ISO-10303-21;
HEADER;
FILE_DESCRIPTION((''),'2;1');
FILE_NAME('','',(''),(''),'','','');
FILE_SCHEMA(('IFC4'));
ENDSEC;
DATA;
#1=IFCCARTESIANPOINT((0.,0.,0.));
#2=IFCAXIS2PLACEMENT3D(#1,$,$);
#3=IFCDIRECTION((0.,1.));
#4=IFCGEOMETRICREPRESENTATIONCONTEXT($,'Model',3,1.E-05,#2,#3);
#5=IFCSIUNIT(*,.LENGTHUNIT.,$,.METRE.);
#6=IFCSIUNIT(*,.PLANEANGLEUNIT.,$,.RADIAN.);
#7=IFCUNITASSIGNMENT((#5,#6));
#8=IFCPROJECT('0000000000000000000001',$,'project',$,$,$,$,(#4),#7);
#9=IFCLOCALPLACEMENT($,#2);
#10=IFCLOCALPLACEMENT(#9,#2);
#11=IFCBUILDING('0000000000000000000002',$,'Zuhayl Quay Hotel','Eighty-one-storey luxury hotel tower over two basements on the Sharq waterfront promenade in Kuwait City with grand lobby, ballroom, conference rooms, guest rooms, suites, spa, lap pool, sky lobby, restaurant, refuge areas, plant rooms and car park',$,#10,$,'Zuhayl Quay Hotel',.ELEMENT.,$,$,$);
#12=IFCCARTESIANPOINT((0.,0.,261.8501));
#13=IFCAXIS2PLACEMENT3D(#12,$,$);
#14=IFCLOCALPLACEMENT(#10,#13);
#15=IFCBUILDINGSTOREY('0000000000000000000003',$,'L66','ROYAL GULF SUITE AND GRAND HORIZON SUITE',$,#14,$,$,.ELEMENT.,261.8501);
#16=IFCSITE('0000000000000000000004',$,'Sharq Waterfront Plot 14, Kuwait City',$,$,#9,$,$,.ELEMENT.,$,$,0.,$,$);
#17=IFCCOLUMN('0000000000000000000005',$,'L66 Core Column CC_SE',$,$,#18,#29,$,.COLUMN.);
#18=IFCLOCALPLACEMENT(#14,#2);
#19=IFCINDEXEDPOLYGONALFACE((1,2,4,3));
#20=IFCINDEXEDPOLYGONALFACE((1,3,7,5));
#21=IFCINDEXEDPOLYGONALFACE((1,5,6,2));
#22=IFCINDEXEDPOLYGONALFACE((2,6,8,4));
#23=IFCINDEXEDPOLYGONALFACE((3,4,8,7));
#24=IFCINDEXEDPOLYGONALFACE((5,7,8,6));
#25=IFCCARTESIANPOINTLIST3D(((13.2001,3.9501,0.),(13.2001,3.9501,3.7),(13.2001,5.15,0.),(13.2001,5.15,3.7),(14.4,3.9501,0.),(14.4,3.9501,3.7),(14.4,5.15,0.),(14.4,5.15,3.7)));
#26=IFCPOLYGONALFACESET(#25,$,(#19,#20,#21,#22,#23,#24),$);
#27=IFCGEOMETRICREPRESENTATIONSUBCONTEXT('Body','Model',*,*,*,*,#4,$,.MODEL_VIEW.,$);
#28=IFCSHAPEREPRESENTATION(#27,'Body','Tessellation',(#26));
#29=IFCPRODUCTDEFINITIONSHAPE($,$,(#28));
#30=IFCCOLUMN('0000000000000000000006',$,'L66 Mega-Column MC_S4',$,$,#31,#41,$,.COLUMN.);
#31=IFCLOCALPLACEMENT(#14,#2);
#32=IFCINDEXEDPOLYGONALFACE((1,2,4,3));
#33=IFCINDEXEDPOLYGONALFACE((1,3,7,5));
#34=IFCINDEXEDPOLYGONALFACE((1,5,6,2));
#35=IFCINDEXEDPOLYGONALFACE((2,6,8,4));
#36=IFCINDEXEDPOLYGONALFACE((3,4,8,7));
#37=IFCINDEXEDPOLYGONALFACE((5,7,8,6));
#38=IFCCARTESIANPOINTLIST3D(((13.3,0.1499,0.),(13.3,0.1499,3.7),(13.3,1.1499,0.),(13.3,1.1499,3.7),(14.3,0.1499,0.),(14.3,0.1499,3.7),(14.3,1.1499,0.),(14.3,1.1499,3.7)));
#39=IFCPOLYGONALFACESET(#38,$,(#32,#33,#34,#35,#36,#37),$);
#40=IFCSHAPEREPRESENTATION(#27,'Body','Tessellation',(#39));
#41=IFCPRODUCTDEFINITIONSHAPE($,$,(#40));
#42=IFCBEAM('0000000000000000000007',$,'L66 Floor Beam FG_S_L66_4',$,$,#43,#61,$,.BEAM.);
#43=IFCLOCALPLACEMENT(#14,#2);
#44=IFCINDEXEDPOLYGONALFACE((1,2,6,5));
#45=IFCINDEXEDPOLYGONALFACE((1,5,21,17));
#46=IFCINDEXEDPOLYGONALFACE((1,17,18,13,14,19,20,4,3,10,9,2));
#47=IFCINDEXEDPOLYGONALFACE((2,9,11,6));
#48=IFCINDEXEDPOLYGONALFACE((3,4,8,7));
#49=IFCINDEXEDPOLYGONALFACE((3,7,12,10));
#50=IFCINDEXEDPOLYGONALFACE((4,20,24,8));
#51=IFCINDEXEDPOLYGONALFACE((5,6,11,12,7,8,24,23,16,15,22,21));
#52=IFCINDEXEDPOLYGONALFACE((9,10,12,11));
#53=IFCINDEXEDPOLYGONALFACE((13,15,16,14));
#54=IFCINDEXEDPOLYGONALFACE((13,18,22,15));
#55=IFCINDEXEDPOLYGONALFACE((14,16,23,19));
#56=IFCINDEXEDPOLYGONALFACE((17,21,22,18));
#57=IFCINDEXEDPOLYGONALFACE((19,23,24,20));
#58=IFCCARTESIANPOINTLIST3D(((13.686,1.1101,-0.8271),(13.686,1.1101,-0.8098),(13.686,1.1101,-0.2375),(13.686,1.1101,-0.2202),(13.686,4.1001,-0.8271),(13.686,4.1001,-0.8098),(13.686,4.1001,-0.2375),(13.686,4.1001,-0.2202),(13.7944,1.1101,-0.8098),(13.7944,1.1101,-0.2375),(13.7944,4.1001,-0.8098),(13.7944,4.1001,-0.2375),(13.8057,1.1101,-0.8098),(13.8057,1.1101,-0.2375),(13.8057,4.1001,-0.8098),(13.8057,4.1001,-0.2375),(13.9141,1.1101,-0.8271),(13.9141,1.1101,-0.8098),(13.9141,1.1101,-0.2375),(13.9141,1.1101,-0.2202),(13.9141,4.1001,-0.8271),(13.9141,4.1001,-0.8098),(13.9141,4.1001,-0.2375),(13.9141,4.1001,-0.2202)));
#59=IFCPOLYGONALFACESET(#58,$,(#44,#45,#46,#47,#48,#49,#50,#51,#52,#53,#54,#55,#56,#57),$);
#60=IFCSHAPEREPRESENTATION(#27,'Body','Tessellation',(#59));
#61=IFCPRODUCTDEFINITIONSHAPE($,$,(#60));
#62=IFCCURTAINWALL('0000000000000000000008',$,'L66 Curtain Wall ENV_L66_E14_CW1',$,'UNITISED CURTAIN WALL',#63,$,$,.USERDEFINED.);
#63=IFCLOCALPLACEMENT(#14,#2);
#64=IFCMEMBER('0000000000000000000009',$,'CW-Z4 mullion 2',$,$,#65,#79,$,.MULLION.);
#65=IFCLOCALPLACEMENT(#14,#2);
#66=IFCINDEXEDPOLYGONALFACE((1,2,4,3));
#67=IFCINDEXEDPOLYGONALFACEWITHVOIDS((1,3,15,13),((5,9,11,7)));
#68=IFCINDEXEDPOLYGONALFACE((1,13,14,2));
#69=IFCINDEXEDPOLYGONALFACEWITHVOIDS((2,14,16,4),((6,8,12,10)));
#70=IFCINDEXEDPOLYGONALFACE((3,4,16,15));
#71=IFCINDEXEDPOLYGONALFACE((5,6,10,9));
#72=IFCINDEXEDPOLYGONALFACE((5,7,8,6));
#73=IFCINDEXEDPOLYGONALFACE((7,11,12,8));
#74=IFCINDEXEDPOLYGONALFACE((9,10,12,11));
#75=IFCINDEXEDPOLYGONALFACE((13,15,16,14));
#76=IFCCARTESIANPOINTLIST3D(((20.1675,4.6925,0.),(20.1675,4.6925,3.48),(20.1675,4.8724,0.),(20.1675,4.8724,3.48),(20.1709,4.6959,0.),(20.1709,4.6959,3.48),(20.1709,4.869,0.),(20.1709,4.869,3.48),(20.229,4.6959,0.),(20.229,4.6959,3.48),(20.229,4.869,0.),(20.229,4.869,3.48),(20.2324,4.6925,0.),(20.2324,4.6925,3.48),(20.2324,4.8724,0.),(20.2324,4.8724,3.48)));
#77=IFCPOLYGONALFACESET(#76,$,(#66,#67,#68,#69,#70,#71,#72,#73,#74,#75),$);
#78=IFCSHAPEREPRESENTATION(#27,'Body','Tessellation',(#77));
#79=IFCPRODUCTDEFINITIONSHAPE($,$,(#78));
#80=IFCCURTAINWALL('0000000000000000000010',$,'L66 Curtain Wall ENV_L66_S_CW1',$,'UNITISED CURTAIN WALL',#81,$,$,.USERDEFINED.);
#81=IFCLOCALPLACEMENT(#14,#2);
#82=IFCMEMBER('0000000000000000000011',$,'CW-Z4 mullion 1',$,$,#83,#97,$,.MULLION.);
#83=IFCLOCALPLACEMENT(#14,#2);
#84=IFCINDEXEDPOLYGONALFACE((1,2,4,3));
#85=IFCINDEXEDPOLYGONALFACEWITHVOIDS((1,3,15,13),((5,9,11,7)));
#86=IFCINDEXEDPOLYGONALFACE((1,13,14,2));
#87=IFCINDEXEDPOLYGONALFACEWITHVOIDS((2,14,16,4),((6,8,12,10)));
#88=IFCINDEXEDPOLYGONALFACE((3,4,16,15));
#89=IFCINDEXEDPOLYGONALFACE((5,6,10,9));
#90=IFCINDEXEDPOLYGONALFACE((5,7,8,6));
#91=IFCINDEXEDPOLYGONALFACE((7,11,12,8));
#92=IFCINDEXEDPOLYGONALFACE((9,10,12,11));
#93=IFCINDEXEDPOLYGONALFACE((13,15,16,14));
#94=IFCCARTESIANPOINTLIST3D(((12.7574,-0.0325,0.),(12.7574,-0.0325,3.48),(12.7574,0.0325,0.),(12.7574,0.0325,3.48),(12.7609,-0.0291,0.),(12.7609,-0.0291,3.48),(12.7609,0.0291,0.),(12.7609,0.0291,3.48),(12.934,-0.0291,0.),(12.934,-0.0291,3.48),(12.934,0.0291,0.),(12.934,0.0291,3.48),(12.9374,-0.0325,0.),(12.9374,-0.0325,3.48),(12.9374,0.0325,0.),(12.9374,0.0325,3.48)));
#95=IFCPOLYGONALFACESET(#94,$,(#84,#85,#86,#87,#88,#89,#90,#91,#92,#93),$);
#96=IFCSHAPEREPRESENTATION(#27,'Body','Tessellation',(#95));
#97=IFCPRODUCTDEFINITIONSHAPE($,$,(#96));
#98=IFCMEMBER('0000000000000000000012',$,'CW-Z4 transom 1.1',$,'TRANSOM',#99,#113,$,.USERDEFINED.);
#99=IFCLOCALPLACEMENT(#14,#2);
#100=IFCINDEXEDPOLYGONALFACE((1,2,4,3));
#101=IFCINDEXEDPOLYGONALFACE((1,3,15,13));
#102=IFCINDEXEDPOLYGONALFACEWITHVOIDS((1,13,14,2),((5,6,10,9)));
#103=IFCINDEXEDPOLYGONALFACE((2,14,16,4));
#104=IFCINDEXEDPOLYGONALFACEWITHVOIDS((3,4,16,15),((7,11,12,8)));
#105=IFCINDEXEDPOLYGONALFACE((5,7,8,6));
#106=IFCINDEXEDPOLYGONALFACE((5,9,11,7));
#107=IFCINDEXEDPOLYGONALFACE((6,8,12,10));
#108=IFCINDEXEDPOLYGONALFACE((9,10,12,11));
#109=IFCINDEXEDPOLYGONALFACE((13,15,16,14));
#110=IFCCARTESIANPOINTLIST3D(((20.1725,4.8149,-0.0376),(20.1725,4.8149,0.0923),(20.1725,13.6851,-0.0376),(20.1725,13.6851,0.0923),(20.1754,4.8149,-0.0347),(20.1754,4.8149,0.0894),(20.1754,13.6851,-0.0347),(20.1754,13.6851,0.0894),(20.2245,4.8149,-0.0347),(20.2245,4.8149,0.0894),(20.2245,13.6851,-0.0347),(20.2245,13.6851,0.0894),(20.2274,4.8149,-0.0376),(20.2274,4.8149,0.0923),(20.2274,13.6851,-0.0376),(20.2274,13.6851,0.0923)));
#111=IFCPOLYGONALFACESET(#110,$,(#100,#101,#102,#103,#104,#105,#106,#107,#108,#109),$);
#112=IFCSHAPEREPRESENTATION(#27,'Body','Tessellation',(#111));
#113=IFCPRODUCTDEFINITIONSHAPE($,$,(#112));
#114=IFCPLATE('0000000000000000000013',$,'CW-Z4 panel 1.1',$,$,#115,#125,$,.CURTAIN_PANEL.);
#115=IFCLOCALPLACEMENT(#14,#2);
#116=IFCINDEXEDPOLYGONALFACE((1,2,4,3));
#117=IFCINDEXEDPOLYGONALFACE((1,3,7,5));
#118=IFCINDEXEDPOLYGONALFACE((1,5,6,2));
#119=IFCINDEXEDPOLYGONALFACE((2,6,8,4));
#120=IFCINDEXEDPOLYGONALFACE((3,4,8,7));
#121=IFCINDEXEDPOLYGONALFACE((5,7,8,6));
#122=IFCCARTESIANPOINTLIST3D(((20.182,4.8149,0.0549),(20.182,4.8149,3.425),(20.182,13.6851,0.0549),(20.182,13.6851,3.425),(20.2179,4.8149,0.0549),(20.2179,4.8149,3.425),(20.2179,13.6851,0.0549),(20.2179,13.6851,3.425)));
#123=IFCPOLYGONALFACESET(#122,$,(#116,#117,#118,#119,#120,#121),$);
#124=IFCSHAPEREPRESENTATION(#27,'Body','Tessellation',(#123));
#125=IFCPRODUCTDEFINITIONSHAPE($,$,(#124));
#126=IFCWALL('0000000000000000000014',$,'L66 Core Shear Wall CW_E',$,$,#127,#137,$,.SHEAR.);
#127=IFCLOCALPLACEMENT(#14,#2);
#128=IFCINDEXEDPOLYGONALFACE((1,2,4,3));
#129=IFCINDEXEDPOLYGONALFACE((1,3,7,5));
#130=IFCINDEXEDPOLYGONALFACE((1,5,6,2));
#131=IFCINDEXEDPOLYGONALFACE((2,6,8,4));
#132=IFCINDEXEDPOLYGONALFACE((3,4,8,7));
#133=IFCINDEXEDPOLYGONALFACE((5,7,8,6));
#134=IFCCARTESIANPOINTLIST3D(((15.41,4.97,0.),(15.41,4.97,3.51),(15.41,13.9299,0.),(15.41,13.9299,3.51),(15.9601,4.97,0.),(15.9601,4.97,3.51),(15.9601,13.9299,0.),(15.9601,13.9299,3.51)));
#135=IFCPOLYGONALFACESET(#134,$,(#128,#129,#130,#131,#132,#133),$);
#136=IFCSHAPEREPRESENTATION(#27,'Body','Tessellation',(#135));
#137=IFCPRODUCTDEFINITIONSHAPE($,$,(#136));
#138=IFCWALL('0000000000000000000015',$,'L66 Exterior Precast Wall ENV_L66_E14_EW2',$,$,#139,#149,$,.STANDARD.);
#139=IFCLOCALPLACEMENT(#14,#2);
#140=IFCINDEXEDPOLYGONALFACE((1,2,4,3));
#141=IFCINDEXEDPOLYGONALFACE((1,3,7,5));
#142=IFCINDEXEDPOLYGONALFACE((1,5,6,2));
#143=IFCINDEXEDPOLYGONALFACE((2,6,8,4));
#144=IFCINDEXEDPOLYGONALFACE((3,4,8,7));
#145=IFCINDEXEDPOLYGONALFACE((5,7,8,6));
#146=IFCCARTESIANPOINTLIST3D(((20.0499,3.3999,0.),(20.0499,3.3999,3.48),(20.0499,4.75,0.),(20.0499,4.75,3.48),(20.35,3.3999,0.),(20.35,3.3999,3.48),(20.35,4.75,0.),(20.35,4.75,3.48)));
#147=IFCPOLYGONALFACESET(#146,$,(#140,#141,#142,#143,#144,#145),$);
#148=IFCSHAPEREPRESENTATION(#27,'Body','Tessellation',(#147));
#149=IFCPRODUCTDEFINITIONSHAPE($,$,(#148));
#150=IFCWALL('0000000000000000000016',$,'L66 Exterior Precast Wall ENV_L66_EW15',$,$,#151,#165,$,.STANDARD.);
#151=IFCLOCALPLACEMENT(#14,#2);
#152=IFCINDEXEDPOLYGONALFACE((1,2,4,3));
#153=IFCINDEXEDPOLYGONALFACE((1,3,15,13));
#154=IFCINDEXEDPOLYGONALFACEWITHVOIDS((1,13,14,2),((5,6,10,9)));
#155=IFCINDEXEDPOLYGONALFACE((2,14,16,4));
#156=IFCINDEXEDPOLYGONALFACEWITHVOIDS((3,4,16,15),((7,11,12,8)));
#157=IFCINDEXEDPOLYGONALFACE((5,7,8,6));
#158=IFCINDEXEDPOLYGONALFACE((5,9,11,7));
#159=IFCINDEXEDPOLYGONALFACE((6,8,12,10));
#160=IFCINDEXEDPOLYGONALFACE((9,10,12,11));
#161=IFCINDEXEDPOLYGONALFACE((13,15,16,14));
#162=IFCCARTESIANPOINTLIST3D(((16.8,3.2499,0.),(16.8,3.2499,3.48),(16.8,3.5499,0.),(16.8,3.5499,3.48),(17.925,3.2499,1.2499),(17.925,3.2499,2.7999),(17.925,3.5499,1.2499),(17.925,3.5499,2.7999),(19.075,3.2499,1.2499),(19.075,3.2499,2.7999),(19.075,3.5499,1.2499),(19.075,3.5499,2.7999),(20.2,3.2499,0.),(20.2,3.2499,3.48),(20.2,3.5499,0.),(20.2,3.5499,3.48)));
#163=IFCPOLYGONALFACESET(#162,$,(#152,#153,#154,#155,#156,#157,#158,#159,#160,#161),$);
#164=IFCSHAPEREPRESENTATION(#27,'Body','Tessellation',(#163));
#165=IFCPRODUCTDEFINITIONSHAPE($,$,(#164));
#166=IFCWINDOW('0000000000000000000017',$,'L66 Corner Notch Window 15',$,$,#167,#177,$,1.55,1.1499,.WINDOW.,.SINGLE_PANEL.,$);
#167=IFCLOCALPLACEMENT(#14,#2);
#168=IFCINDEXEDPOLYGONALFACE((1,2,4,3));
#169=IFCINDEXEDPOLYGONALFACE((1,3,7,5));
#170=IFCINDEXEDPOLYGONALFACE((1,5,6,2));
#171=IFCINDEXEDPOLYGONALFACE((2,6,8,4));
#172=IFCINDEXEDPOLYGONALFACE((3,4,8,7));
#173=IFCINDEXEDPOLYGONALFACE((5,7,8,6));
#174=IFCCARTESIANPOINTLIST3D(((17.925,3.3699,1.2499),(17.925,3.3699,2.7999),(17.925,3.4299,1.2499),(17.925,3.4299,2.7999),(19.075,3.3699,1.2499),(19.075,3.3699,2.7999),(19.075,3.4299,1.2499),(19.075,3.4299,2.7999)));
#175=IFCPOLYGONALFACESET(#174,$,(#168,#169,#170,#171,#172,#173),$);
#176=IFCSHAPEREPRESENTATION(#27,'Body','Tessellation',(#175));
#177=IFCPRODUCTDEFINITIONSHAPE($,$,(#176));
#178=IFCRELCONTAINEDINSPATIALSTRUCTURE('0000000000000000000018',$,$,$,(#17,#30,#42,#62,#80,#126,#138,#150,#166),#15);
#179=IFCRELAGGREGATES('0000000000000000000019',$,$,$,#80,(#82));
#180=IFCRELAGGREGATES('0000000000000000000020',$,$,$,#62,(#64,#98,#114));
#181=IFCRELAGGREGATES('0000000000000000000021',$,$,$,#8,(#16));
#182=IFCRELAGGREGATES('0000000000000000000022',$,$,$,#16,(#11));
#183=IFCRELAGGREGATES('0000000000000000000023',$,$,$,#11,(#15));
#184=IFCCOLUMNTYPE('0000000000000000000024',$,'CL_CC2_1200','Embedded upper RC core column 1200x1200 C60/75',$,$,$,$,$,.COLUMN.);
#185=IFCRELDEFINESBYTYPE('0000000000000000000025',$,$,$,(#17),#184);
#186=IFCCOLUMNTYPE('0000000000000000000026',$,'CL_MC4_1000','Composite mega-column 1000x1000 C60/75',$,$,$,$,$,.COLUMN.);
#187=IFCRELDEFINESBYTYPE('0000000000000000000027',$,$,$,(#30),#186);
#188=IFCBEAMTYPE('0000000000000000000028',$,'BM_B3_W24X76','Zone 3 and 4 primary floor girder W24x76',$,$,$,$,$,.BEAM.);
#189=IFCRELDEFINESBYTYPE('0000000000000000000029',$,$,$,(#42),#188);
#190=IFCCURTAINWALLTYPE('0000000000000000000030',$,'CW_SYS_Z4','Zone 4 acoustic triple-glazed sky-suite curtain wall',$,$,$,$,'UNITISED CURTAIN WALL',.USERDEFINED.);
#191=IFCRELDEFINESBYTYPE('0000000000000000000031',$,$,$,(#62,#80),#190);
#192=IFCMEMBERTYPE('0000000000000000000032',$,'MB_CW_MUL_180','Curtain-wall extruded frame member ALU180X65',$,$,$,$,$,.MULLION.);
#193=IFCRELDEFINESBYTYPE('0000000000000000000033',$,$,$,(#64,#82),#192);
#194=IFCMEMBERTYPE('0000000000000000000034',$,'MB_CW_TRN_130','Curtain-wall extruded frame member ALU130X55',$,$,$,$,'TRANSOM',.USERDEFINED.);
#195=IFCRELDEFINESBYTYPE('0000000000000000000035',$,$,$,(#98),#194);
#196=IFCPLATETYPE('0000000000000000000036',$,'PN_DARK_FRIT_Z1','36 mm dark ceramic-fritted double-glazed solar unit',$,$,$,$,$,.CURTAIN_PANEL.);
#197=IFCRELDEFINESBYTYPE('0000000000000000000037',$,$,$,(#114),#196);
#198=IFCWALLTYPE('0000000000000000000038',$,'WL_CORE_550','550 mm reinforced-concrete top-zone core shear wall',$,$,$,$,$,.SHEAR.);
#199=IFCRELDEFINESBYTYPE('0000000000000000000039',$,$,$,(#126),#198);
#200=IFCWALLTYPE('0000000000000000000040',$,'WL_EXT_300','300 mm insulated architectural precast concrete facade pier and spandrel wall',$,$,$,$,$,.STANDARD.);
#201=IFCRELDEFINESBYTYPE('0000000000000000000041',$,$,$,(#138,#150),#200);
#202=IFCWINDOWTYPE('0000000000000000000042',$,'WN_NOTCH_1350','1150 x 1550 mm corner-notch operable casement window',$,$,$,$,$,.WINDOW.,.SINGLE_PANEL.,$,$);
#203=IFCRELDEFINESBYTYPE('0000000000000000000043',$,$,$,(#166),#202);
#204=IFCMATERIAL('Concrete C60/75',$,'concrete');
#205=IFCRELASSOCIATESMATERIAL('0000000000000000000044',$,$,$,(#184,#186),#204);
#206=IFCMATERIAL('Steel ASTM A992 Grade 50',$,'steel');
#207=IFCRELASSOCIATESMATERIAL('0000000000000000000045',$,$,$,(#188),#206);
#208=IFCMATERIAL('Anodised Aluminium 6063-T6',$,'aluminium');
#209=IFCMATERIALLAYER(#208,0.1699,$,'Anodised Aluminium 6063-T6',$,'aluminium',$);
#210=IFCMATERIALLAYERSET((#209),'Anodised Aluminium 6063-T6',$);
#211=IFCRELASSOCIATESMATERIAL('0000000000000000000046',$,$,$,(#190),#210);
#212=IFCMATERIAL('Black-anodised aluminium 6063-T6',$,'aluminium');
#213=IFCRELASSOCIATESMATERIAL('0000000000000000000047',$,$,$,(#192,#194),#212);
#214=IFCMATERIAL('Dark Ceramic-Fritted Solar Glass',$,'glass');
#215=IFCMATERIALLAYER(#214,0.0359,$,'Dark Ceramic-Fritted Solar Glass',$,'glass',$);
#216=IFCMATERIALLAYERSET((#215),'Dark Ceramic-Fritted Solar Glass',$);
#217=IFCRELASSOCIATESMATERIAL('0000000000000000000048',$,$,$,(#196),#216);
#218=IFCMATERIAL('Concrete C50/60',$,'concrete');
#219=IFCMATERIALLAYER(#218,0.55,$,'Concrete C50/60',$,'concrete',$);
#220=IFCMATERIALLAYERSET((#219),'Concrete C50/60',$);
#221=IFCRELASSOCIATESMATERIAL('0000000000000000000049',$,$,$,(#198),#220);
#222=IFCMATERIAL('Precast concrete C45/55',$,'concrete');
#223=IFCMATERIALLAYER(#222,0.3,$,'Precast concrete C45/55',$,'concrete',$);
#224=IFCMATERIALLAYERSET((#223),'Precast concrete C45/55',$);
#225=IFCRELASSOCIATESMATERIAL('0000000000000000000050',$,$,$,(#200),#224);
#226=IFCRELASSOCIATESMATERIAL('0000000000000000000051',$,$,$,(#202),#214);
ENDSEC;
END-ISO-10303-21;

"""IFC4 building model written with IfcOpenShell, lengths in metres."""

from ifc_helpers import new_model, si_unit, direction, frame, frame_2d, origin, origin_2d, place, context, subcontext, project, spatial, rectangle, hollow_rectangle, i_section, extrude, material, layer, layer_set, material_profile, profile_set, type_object, element, fill, aggregate, save


model = new_model("IFC4")

# Units and contexts
model_context = context("Model", 3, precision=1e-05, world=origin(), true_north=direction((0.0, 1.0)))
body_context = subcontext(model_context, "Body", "Model", "MODEL_VIEW")
ifc_project = project(units=[si_unit("LENGTHUNIT", "METRE"), si_unit("PLANEANGLEUNIT", "RADIAN")], contexts=[model_context])

# Site, building, storey
site_placement = place(None, origin())
site = spatial("IfcSite", under=ifc_project, at=site_placement, Name="Sharq Waterfront Plot 14, Kuwait City", CompositionType="ELEMENT", RefElevation=0.0)
building_placement = place(site_placement, origin())
building = spatial("IfcBuilding", under=site, at=building_placement, Name="Zuhayl Quay Hotel", Description="Eighty-one-storey luxury hotel tower over two basements on the Sharq waterfront promenade in Kuwait City with grand lobby, ballroom, conference rooms, guest rooms, suites, spa, lap pool, sky lobby, restaurant, refuge areas, plant rooms and car park", LongName="Zuhayl Quay Hotel", CompositionType="ELEMENT")
storey_placement = place(building_placement, frame((0.0, 0.0, 261.8501)))
storey = spatial("IfcBuildingStorey", under=building, at=storey_placement, Name="L66", Description="ROYAL GULF SUITE AND GRAND HORIZON SUITE", CompositionType="ELEMENT", Elevation=261.8501)

# Columns
ifc_material_1 = material(Name="Concrete C60/75", Category="concrete")
ifc_material_profile_1 = material_profile(ifc_material_1, rectangle(XDim=1.2, YDim=1.2, at=origin_2d()), Name="RC1200X1200")
ifc_profile_set_1 = profile_set([ifc_material_profile_1], Name="Concrete C60/75")
column_type_1 = type_object("IfcColumnType", Name="CL_CC2_1200", Description="Embedded upper RC core column 1200x1200 C60/75", PredefinedType="COLUMN", material=ifc_profile_set_1)
column_1_placement = place(storey_placement, frame((13.8, 4.55, 0.0), z_axis=(0.0, 0.0, 1.0), x_axis=(1.0, 0.0, 0.0)))
element("IfcColumn", 1, at=column_1_placement, inside=storey, type_object=column_type_1, Name="L66 Core Column CC_SE", PredefinedType="COLUMN", context=body_context, shape_type="SweptSolid", body=[
    extrude(rectangle(XDim=1.2, YDim=1.2, at=origin_2d()), origin(), (0.0, 0.0, 1.0), 3.7),
])
ifc_material_profile_2 = material_profile(ifc_material_1, rectangle(XDim=1.0, YDim=1.0, at=origin_2d()), Name="RC1000X1000")
ifc_profile_set_2 = profile_set([ifc_material_profile_2], Name="Concrete C60/75")
column_type_2 = type_object("IfcColumnType", Name="CL_MC4_1000", Description="Composite mega-column 1000x1000 C60/75", PredefinedType="COLUMN", material=ifc_profile_set_2)
column_2_placement = place(storey_placement, frame((13.8, 0.6499, 0.0), z_axis=(0.0, 0.0, 1.0), x_axis=(1.0, 0.0, 0.0)))
element("IfcColumn", 2, at=column_2_placement, inside=storey, type_object=column_type_2, Name="L66 Mega-Column MC_S4", PredefinedType="COLUMN", context=body_context, shape_type="SweptSolid", body=[
    extrude(rectangle(XDim=1.0, YDim=1.0, at=origin_2d()), origin(), (0.0, 0.0, 1.0), 3.7),
])

# Beam
ifc_material_2 = material(Name="Steel ASTM A992 Grade 50", Category="steel")
ifc_material_profile_3 = material_profile(ifc_material_2, i_section(OverallWidth=0.228, OverallDepth=0.6069, WebThickness=0.0112, FlangeThickness=0.0173, at=origin_2d()), Name="W24X76")
ifc_profile_set_3 = profile_set([ifc_material_profile_3], Name="Steel ASTM A992 Grade 50")
beam_type = type_object("IfcBeamType", Name="BM_B3_W24X76", Description="Zone 3 and 4 primary floor girder W24x76", PredefinedType="BEAM", material=ifc_profile_set_3)
beam_placement = place(storey_placement, frame((13.8, 1.1101, -0.5237), z_axis=(0.0, 1.0, 0.0), x_axis=(-1.0, 0.0, 0.0)))
element("IfcBeam", 3, at=beam_placement, inside=storey, type_object=beam_type, Name="L66 Floor Beam FG_S_L66_4", PredefinedType="BEAM", context=body_context, shape_type="SweptSolid", body=[
    extrude(i_section(OverallWidth=0.228, OverallDepth=0.6069, WebThickness=0.0112, FlangeThickness=0.0173, at=origin_2d()), origin(), (0.0, 0.0, 1.0), 2.99),
])

# Curtain walls, members
ifc_material_3 = material(Name="Anodised Aluminium 6063-T6", Category="aluminium")
ifc_layer_1 = layer(ifc_material_3, 0.1699, Name="Anodised Aluminium 6063-T6", Category="aluminium")
ifc_layer_set_1 = layer_set([ifc_layer_1], Name="Anodised Aluminium 6063-T6")
curtain_wall_type = type_object("IfcCurtainWallType", Name="CW_SYS_Z4", Description="Zone 4 acoustic triple-glazed sky-suite curtain wall", ElementType="UNITISED CURTAIN WALL", PredefinedType="USERDEFINED", material=ifc_layer_set_1)
curtain_wall_1_placement = place(storey_placement, origin())
curtain_wall_1 = element("IfcCurtainWall", 4, at=curtain_wall_1_placement, inside=storey, type_object=curtain_wall_type, Name="L66 Curtain Wall ENV_L66_E14_CW1", ObjectType="UNITISED CURTAIN WALL", PredefinedType="USERDEFINED")
ifc_material_4 = material(Name="Black-anodised aluminium 6063-T6", Category="aluminium")
ifc_material_profile_4 = material_profile(ifc_material_4, hollow_rectangle(XDim=0.0649, YDim=0.1799, WallThickness=0.0034, at=origin_2d()), Name="ALU180X65")
ifc_profile_set_4 = profile_set([ifc_material_profile_4], Name="Black-anodised aluminium 6063-T6")
member_type_1 = type_object("IfcMemberType", Name="MB_CW_MUL_180", Description="Curtain-wall extruded frame member ALU180X65", PredefinedType="MULLION", material=ifc_profile_set_4)
member_1_placement = place(storey_placement, frame((20.2, 4.7825, 0.0), z_axis=(0.0, 0.0, 1.0), x_axis=(1.0, 0.0, 0.0)))
member_1 = element("IfcMember", 5, at=member_1_placement, type_object=member_type_1, Name="CW-Z4 mullion 2", PredefinedType="MULLION", context=body_context, shape_type="SweptSolid", body=[
    extrude(hollow_rectangle(XDim=0.0649, YDim=0.1799, WallThickness=0.0034, at=origin_2d()), origin(), (0.0, 0.0, 1.0), 3.48),
])
curtain_wall_2_placement = place(storey_placement, origin())
curtain_wall_2 = element("IfcCurtainWall", 6, at=curtain_wall_2_placement, inside=storey, type_object=curtain_wall_type, Name="L66 Curtain Wall ENV_L66_S_CW1", ObjectType="UNITISED CURTAIN WALL", PredefinedType="USERDEFINED")
member_2_placement = place(storey_placement, frame((12.8474, 0.0, 0.0), z_axis=(0.0, 0.0, 1.0), x_axis=(0.0, -1.0, 0.0)))
member_2 = element("IfcMember", 7, at=member_2_placement, type_object=member_type_1, Name="CW-Z4 mullion 1", PredefinedType="MULLION", context=body_context, shape_type="SweptSolid", body=[
    extrude(hollow_rectangle(XDim=0.0649, YDim=0.1799, WallThickness=0.0034, at=origin_2d()), origin(), (0.0, 0.0, 1.0), 3.48),
])
aggregate(curtain_wall_2, [member_2])

# Member
ifc_material_profile_5 = material_profile(ifc_material_4, hollow_rectangle(XDim=0.0549, YDim=0.1299, WallThickness=0.0029, at=origin_2d()), Name="ALU130X55")
ifc_profile_set_5 = profile_set([ifc_material_profile_5], Name="Black-anodised aluminium 6063-T6")
member_type_2 = type_object("IfcMemberType", Name="MB_CW_TRN_130", Description="Curtain-wall extruded frame member ALU130X55", ElementType="TRANSOM", PredefinedType="USERDEFINED", material=ifc_profile_set_5)
member_3_placement = place(storey_placement, frame((20.2, 13.6851, 0.0273), z_axis=(0.0, -1.0, 0.0), x_axis=(1.0, 0.0, 0.0)))
member_3 = element("IfcMember", 8, at=member_3_placement, type_object=member_type_2, Name="CW-Z4 transom 1.1", ObjectType="TRANSOM", PredefinedType="USERDEFINED", context=body_context, shape_type="SweptSolid", body=[
    extrude(hollow_rectangle(XDim=0.0549, YDim=0.1299, WallThickness=0.0029, at=origin_2d()), origin(), (0.0, 0.0, 1.0), 8.8701),
])

# Plate
ifc_material_5 = material(Name="Dark Ceramic-Fritted Solar Glass", Category="glass")
ifc_layer_2 = layer(ifc_material_5, 0.0359, Name="Dark Ceramic-Fritted Solar Glass", Category="glass")
ifc_layer_set_2 = layer_set([ifc_layer_2], Name="Dark Ceramic-Fritted Solar Glass")
plate_type = type_object("IfcPlateType", Name="PN_DARK_FRIT_Z1", Description="36 mm dark ceramic-fritted double-glazed solar unit", PredefinedType="CURTAIN_PANEL", material=ifc_layer_set_2)
plate_placement = place(storey_placement, frame((20.2, 9.25, 0.0549), z_axis=(0.0, 0.0, 1.0), x_axis=(0.0, -1.0, 0.0)))
plate = element("IfcPlate", 9, at=plate_placement, type_object=plate_type, Name="CW-Z4 panel 1.1", PredefinedType="CURTAIN_PANEL", context=body_context, shape_type="SweptSolid", body=[
    extrude(rectangle(XDim=8.8701, YDim=0.0359, at=origin_2d()), origin(), (0.0, 0.0, 1.0), 3.3701),
])
aggregate(curtain_wall_1, [member_1, member_3, plate])

# Walls
ifc_material_6 = material(Name="Concrete C50/60", Category="concrete")
ifc_layer_3 = layer(ifc_material_6, 0.55, Name="Concrete C50/60", Category="concrete")
ifc_layer_set_3 = layer_set([ifc_layer_3], Name="Concrete C50/60")
wall_type_1 = type_object("IfcWallType", Name="WL_CORE_550", Description="550 mm reinforced-concrete top-zone core shear wall", PredefinedType="SHEAR", material=ifc_layer_set_3)
wall_1_placement = place(storey_placement, frame((15.6851, 4.97, 0.0), z_axis=(0.0, 0.0, 1.0), x_axis=(0.0, 1.0, 0.0)))
element("IfcWall", 10, at=wall_1_placement, inside=storey, type_object=wall_type_1, Name="L66 Core Shear Wall CW_E", PredefinedType="SHEAR", context=body_context, shape_type="SweptSolid", body=[
    extrude(rectangle(XDim=8.96, YDim=0.55, at=frame_2d((4.48, 0.0))), origin(), (0.0, 0.0, 1.0), 3.51),
])
ifc_material_7 = material(Name="Precast concrete C45/55", Category="concrete")
ifc_layer_4 = layer(ifc_material_7, 0.3, Name="Precast concrete C45/55", Category="concrete")
ifc_layer_set_4 = layer_set([ifc_layer_4], Name="Precast concrete C45/55")
wall_type_2 = type_object("IfcWallType", Name="WL_EXT_300", Description="300 mm insulated architectural precast concrete facade pier and spandrel wall", PredefinedType="STANDARD", material=ifc_layer_set_4)
wall_2_placement = place(storey_placement, frame((20.2, 4.75, 0.0), z_axis=(0.0, 0.0, 1.0), x_axis=(0.0, -1.0, 0.0)))
element("IfcWall", 11, at=wall_2_placement, inside=storey, type_object=wall_type_2, Name="L66 Exterior Precast Wall ENV_L66_E14_EW2", PredefinedType="STANDARD", context=body_context, shape_type="SweptSolid", body=[
    extrude(rectangle(XDim=1.3501, YDim=0.3, at=frame_2d((0.675, 0.0))), origin(), (0.0, 0.0, 1.0), 3.48),
])

# Wall, opening, window
wall_3_placement = place(storey_placement, frame((20.2, 3.3999, 0.0), z_axis=(0.0, 0.0, 1.0), x_axis=(-1.0, 0.0, 0.0)))
wall_3 = element("IfcWall", 12, at=wall_3_placement, inside=storey, type_object=wall_type_2, Name="L66 Exterior Precast Wall ENV_L66_EW15", PredefinedType="STANDARD", context=body_context, shape_type="SweptSolid", body=[
    extrude(rectangle(XDim=3.3999, YDim=0.3, at=frame_2d((1.7, 0.0))), origin(), (0.0, 0.0, 1.0), 3.48),
])
opening_1_placement = place(wall_3_placement, frame((1.125, 0.0, 1.25)))
opening_1 = element("IfcOpeningElement", 13, at=opening_1_placement, cuts=wall_3, PredefinedType="OPENING", context=body_context, shape_type="SweptSolid", body=[
    extrude(rectangle(XDim=1.1499, YDim=1.55, at=frame_2d((0.575, 0.7749))), frame((0.0, 0.1599, 0.0), z_axis=(0.0, -1.0, 0.0), x_axis=(1.0, 0.0, 0.0)), (0.0, 0.0, 1.0), 0.3201),
])
window_type = type_object("IfcWindowType", Name="WN_NOTCH_1350", Description="1150 x 1550 mm corner-notch operable casement window", PartitioningType="SINGLE_PANEL", PredefinedType="WINDOW", material=ifc_material_5)
window_1_placement = place(opening_1_placement, origin())
window_1 = element("IfcWindow", 14, at=window_1_placement, inside=storey, type_object=window_type, Name="L66 Corner Notch Window 15", OverallHeight=1.55, OverallWidth=1.1499, PartitioningType="SINGLE_PANEL", PredefinedType="WINDOW", context=body_context, shape_type="SweptSolid", body=[
    extrude(rectangle(XDim=1.1499, YDim=1.55, at=frame_2d((0.575, 0.7749))), frame((0.0, 0.03, 0.0), z_axis=(0.0, -1.0, 0.0), x_axis=(1.0, 0.0, 0.0)), (0.0, 0.0, 1.0), 0.0601),
])
fill(opening_1, window_1)

save(model, "model.ifc")
